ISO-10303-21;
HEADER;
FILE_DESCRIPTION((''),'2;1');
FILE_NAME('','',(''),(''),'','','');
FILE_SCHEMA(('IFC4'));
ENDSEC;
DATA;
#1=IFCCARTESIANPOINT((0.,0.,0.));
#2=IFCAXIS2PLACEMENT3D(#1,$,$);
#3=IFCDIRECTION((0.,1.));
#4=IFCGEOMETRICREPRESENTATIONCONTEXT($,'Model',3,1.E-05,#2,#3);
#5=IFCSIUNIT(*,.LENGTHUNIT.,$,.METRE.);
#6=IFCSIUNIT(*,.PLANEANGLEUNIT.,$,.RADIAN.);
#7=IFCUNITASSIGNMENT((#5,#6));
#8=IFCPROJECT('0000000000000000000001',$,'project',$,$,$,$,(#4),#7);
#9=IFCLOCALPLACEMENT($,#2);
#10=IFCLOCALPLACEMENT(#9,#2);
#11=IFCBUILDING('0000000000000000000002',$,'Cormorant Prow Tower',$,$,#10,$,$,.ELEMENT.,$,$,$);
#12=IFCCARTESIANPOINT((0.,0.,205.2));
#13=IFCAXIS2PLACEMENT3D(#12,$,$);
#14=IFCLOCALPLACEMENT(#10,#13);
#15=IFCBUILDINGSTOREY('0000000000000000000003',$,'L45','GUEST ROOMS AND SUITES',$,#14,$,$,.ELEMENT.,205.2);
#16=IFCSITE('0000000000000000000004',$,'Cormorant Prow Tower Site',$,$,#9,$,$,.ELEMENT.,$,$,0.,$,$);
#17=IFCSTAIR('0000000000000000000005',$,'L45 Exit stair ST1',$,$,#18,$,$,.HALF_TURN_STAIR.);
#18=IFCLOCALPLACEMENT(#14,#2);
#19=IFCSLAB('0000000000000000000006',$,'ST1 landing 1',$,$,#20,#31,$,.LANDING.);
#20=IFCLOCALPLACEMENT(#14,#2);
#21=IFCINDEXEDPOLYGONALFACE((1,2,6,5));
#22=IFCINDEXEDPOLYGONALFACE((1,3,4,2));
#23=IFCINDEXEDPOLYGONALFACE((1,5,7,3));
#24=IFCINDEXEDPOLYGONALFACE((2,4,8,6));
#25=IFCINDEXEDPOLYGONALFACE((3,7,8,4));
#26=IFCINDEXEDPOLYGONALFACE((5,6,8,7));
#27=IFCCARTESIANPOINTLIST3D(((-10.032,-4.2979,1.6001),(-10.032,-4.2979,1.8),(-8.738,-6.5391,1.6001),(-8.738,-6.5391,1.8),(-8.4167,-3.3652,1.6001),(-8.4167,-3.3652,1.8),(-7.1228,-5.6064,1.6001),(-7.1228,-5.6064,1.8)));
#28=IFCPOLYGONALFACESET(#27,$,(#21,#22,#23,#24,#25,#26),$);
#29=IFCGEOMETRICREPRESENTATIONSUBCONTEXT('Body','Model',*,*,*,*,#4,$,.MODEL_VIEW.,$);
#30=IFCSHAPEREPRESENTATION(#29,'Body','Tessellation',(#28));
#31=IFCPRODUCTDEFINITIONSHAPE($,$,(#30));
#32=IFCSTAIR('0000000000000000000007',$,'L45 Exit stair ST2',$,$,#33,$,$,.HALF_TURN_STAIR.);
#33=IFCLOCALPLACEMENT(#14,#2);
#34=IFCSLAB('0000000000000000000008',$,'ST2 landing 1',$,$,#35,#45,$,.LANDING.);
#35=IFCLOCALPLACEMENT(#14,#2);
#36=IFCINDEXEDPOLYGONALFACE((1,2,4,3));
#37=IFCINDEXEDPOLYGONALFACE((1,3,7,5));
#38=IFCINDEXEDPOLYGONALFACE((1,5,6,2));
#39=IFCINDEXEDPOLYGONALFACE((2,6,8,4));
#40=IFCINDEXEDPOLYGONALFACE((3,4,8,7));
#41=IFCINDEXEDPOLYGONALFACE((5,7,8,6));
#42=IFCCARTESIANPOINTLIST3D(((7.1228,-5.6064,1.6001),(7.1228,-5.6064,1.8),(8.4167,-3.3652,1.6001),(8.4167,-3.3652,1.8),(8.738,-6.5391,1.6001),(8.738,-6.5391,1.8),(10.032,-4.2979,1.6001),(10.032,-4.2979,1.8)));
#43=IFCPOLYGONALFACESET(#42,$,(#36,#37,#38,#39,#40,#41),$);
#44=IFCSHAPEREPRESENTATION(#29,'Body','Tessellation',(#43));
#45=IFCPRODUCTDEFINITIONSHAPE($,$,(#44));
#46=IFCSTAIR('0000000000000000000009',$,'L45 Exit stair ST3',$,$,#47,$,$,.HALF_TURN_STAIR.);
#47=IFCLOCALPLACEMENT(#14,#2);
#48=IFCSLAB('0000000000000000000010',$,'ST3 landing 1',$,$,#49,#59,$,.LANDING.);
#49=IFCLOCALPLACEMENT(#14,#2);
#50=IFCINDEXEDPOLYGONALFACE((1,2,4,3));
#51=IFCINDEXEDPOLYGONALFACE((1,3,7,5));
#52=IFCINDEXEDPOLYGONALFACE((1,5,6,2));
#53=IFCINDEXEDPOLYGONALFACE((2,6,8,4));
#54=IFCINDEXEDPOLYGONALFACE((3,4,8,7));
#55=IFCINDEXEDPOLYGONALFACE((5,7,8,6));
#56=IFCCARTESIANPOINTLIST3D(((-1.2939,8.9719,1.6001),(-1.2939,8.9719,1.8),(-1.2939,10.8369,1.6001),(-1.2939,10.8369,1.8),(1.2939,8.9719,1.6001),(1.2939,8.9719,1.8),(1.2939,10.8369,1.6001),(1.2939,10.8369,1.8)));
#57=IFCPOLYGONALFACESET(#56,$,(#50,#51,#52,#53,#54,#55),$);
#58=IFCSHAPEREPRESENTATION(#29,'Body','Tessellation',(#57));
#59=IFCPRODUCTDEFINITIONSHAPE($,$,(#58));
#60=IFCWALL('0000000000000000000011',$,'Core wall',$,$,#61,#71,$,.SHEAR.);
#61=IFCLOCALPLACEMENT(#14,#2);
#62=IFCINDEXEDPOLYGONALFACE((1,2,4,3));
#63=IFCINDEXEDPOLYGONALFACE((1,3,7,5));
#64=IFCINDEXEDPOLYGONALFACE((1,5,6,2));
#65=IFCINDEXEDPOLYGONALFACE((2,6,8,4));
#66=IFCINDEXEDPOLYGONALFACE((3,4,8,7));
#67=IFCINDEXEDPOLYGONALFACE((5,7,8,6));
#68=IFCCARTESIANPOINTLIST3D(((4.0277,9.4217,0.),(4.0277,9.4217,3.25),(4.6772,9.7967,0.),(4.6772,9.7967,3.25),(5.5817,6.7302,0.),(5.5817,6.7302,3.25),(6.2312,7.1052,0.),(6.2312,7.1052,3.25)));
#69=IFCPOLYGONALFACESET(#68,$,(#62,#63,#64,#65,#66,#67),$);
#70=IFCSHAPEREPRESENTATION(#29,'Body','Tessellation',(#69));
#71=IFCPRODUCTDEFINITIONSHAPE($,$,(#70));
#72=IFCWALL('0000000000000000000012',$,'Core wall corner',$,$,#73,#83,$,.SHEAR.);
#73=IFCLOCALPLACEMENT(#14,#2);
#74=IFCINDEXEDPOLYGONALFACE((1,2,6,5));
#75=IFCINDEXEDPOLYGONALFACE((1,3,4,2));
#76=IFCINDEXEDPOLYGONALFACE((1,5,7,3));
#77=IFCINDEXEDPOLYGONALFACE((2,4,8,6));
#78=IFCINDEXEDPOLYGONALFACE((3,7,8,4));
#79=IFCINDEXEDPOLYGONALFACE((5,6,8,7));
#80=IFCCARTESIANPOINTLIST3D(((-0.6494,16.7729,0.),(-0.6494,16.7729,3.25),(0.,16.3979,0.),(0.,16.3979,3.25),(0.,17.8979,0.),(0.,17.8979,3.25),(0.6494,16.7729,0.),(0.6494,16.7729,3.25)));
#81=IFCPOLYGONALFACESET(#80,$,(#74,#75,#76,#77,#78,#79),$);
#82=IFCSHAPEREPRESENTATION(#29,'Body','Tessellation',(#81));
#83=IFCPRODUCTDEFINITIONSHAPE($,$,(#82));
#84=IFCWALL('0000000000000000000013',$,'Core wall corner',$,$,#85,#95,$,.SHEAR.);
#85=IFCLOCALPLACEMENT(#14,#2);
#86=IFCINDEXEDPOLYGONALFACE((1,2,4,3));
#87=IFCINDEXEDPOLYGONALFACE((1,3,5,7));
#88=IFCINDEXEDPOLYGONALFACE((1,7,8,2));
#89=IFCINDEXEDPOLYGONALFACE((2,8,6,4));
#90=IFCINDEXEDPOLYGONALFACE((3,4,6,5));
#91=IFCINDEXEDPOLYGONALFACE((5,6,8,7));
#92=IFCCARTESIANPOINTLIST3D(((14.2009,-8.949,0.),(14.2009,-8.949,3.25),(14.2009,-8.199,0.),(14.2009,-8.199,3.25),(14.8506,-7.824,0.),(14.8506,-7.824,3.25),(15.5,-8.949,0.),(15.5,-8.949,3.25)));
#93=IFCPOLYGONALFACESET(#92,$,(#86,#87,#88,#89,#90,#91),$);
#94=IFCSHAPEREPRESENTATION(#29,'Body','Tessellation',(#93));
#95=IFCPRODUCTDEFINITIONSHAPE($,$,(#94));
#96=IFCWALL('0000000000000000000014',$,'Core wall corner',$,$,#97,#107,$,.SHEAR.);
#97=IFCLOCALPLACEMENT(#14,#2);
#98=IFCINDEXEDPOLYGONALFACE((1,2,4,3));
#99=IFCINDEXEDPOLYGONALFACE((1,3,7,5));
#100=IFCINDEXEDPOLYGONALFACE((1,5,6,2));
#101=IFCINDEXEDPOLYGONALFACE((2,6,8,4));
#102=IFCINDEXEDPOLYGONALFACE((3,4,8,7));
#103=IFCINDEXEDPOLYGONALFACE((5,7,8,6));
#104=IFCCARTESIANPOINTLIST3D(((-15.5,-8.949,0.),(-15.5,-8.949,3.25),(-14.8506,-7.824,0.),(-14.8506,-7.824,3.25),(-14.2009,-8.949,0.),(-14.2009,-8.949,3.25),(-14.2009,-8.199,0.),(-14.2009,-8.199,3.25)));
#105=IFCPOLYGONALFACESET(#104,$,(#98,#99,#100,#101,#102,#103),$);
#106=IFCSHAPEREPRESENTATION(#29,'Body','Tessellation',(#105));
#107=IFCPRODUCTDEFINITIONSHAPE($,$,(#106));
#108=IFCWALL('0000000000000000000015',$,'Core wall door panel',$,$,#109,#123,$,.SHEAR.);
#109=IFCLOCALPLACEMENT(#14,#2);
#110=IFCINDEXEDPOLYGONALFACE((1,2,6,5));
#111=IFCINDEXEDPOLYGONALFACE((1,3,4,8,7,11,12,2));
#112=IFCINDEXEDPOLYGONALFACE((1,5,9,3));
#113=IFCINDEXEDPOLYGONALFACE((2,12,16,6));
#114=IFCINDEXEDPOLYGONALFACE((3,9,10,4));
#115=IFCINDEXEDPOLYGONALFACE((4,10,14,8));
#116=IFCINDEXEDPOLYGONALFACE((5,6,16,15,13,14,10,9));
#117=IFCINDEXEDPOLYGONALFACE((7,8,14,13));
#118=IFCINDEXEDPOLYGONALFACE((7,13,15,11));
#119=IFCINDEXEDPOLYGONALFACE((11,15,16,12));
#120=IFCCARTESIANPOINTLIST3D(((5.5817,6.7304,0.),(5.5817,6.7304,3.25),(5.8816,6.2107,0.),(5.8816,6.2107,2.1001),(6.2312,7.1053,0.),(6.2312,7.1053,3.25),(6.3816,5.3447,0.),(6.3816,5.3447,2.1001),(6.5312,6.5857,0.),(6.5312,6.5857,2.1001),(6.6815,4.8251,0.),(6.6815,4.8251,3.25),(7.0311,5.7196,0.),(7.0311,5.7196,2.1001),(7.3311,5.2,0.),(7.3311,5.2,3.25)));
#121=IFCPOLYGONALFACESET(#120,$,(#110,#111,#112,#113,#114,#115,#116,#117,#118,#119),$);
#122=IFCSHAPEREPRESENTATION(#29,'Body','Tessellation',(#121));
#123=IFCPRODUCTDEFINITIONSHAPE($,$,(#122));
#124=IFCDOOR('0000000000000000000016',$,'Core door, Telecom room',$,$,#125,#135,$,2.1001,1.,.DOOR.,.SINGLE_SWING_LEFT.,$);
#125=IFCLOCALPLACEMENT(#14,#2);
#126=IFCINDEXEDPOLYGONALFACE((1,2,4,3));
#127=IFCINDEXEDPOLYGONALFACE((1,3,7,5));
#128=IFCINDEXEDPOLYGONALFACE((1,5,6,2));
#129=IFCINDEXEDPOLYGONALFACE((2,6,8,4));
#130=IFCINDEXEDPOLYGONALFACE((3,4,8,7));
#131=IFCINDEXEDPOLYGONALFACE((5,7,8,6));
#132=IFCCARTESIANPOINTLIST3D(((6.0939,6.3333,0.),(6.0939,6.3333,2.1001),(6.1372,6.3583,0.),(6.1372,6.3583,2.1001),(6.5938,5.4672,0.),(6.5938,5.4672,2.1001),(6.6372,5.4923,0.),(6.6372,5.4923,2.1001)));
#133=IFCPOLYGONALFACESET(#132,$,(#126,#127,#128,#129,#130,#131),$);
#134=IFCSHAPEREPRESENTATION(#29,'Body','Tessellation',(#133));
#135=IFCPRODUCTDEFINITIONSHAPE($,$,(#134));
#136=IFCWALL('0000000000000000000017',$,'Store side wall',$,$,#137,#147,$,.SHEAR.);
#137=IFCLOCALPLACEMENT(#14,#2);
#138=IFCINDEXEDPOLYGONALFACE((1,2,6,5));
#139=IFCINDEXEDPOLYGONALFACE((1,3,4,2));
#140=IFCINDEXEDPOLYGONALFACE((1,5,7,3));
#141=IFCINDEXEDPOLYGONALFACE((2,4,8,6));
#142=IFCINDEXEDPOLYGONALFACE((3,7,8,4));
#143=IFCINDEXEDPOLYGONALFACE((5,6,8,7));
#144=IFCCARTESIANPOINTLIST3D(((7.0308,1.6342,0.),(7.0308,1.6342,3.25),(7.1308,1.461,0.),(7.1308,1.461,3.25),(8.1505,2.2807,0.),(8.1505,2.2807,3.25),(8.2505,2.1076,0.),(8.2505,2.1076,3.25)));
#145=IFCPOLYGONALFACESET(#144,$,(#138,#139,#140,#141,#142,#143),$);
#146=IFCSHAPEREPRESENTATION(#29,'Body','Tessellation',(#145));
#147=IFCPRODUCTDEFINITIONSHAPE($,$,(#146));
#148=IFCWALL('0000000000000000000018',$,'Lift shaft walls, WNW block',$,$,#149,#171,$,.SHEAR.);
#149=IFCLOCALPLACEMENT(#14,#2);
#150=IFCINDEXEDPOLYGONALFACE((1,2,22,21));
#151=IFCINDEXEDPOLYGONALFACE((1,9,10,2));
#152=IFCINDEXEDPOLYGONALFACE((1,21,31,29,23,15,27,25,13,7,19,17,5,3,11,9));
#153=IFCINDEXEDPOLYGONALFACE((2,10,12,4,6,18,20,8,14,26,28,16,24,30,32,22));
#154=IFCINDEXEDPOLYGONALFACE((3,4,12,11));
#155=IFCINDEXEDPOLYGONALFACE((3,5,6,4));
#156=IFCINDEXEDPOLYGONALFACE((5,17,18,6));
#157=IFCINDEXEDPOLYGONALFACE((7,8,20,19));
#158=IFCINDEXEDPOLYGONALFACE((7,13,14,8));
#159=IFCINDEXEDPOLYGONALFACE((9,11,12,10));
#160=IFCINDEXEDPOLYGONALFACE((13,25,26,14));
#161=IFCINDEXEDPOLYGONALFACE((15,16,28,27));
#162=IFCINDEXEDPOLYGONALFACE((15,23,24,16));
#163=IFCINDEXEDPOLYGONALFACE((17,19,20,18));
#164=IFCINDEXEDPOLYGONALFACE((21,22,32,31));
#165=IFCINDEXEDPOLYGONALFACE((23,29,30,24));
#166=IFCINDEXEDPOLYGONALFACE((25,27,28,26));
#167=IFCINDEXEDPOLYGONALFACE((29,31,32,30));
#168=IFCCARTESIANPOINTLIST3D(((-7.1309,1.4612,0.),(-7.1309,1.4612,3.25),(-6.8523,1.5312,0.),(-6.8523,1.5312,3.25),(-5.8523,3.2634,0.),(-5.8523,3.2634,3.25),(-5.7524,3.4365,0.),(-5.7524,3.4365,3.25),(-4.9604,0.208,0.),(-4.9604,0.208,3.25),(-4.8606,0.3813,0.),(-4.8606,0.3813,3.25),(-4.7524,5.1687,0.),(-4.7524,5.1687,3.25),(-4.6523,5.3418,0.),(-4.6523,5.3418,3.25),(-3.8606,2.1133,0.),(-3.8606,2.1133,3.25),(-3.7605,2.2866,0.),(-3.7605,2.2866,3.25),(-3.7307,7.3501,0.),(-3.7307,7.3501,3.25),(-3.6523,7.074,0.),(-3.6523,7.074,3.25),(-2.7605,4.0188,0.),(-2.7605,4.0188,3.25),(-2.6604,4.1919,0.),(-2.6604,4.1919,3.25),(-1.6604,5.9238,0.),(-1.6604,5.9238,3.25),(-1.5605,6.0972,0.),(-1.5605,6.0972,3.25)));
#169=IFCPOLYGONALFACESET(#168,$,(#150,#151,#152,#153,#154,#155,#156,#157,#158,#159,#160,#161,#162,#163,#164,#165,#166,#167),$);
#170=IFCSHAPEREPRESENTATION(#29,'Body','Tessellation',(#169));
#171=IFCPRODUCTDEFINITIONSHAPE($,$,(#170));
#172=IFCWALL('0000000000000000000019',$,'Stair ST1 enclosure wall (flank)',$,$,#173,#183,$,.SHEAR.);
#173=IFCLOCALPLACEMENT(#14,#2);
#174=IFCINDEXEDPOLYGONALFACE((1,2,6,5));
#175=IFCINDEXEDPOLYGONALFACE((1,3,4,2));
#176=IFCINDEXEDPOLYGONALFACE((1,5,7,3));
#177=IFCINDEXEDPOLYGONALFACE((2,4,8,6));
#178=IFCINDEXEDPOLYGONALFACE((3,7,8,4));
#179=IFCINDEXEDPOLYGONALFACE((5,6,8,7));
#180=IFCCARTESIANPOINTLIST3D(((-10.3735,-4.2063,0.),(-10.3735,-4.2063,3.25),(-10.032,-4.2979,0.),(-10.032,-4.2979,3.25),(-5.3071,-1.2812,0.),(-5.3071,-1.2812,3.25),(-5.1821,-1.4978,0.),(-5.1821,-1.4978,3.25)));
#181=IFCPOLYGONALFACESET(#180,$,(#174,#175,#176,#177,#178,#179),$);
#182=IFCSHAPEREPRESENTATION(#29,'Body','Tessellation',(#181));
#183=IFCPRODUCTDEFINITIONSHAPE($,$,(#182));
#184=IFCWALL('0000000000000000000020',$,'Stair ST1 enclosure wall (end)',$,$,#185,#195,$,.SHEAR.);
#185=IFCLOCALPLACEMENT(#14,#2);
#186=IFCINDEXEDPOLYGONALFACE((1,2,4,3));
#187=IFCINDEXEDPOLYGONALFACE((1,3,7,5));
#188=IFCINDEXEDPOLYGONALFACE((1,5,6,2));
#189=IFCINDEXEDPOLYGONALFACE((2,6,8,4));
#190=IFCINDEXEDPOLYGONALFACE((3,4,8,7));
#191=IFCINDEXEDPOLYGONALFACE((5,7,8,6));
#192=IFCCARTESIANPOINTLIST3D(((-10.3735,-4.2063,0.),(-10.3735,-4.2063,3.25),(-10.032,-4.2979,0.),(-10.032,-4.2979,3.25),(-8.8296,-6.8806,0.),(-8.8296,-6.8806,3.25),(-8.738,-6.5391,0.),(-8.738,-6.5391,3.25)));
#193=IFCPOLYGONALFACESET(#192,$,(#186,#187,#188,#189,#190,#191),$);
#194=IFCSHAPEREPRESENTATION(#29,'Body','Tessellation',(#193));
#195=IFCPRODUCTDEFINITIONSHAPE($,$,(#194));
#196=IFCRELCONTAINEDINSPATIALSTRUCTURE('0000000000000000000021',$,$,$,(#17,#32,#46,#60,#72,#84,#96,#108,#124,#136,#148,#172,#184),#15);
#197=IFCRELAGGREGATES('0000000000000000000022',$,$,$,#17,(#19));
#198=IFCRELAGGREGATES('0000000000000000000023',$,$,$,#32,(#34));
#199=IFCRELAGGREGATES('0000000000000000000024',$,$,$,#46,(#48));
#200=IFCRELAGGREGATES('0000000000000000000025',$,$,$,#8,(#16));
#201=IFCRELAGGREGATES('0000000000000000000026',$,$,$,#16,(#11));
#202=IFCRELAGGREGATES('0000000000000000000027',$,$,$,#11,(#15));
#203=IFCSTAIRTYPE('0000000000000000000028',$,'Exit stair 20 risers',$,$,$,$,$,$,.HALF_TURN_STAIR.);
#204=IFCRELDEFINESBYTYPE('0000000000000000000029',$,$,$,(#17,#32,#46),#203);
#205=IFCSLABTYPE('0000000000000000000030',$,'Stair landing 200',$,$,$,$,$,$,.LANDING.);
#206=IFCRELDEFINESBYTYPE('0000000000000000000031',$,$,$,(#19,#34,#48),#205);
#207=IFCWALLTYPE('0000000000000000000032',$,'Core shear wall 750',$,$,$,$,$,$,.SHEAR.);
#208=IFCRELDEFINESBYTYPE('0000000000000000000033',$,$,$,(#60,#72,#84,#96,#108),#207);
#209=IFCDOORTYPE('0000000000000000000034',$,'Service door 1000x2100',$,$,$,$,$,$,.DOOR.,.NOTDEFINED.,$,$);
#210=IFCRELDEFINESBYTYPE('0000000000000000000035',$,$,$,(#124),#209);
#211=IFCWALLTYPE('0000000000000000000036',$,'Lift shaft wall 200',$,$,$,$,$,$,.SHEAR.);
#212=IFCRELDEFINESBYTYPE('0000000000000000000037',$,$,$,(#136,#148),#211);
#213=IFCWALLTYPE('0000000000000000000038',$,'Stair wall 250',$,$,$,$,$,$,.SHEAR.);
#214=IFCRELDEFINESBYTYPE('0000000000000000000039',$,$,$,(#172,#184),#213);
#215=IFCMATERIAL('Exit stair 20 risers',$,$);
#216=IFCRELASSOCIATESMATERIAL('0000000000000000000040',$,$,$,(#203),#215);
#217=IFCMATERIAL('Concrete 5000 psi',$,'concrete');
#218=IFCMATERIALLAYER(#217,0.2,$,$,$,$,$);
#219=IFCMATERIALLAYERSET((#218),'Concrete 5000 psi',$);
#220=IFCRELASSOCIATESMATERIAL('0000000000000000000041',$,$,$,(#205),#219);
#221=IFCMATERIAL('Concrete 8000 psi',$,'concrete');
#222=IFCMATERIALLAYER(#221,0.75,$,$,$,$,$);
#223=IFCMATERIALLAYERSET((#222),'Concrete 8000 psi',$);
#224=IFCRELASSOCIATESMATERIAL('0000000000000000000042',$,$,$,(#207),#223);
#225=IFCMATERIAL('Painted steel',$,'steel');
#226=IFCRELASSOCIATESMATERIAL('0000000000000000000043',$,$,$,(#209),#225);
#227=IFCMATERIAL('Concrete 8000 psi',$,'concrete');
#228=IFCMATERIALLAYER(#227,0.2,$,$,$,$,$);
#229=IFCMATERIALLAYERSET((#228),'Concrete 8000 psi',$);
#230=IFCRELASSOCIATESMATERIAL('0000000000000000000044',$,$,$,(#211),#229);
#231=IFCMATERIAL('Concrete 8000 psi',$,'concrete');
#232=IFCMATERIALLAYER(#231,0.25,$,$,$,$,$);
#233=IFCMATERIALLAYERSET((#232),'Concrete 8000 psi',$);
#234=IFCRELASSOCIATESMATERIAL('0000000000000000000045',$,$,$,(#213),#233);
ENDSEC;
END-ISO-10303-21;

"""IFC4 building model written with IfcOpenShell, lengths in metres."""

from ifc_helpers import new_model, si_unit, direction, frame, frame_2d, origin, place, context, subcontext, project, spatial, polyline, rectangle, outline, extrude, material, layer, layer_set, type_object, element, fill, aggregate, save


model = new_model("IFC4")

# Units and contexts
model_context = context("Model", 3, precision=1e-05, world=origin(), true_north=direction((0.0, 1.0)))
body_context = subcontext(model_context, "Body", "Model", "MODEL_VIEW")
ifc_project = project(units=[si_unit("LENGTHUNIT", "METRE"), si_unit("PLANEANGLEUNIT", "RADIAN")], contexts=[model_context])

# Site, building, storey
site_placement = place(None, origin())
site = spatial("IfcSite", under=ifc_project, at=site_placement, Name="Cormorant Prow Tower Site", CompositionType="ELEMENT", RefElevation=0.0)
building_placement = place(site_placement, origin())
building = spatial("IfcBuilding", under=site, at=building_placement, Name="Cormorant Prow Tower", CompositionType="ELEMENT")
storey_placement = place(building_placement, frame((0.0, 0.0, 205.2)))
storey = spatial("IfcBuildingStorey", under=building, at=storey_placement, Name="L45", Description="GUEST ROOMS AND SUITES", CompositionType="ELEMENT", Elevation=205.2)

# Stairs, slabs
ifc_material_1 = material(Name="Exit stair 20 risers")
stair_type = type_object("IfcStairType", Name="Exit stair 20 risers", PredefinedType="HALF_TURN_STAIR", material=ifc_material_1)
stair_1_placement = place(storey_placement, origin())
stair_1 = element("IfcStair", 1, at=stair_1_placement, inside=storey, type_object=stair_type, Name="L45 Exit stair ST1", PredefinedType="HALF_TURN_STAIR")
ifc_material_2 = material(Name="Concrete 5000 psi", Category="concrete")
ifc_layer_1 = layer(ifc_material_2, 0.2)
ifc_layer_set_1 = layer_set([ifc_layer_1], Name="Concrete 5000 psi")
slab_type = type_object("IfcSlabType", Name="Stair landing 200", PredefinedType="LANDING", material=ifc_layer_set_1)
slab_1_placement = place(storey_placement, frame((0.0, 0.0, 1.6001)))
slab_1 = element("IfcSlab", 2, at=slab_1_placement, type_object=slab_type, Name="ST1 landing 1", PredefinedType="LANDING", context=body_context, shape_type="SweptSolid", body=[
    extrude(outline(polyline([(-8.4167, -3.3652), (-10.032, -4.2979), (-8.738, -6.5391), (-7.1228, -5.6064), (-8.4167, -3.3652)])), origin(), (0.0, 0.0, 1.0), 0.2),
])
aggregate(stair_1, [slab_1])
stair_2_placement = place(storey_placement, origin())
stair_2 = element("IfcStair", 3, at=stair_2_placement, inside=storey, type_object=stair_type, Name="L45 Exit stair ST2", PredefinedType="HALF_TURN_STAIR")
slab_2_placement = place(storey_placement, frame((0.0, 0.0, 1.6001)))
slab_2 = element("IfcSlab", 4, at=slab_2_placement, type_object=slab_type, Name="ST2 landing 1", PredefinedType="LANDING", context=body_context, shape_type="SweptSolid", body=[
    extrude(outline(polyline([(7.1228, -5.6064), (8.738, -6.5391), (10.032, -4.2979), (8.4167, -3.3652), (7.1228, -5.6064)])), origin(), (0.0, 0.0, 1.0), 0.2),
])
aggregate(stair_2, [slab_2])
stair_3_placement = place(storey_placement, origin())
stair_3 = element("IfcStair", 5, at=stair_3_placement, inside=storey, type_object=stair_type, Name="L45 Exit stair ST3", PredefinedType="HALF_TURN_STAIR")
slab_3_placement = place(storey_placement, frame((0.0, 0.0, 1.6001)))
slab_3 = element("IfcSlab", 6, at=slab_3_placement, type_object=slab_type, Name="ST3 landing 1", PredefinedType="LANDING", context=body_context, shape_type="SweptSolid", body=[
    extrude(outline(polyline([(1.2939, 8.9719), (1.2939, 10.8369), (-1.2939, 10.8369), (-1.2939, 8.9719), (1.2939, 8.9719)])), origin(), (0.0, 0.0, 1.0), 0.2),
])

# Walls
ifc_material_3 = material(Name="Concrete 8000 psi", Category="concrete")
ifc_layer_2 = layer(ifc_material_3, 0.75)
ifc_layer_set_2 = layer_set([ifc_layer_2], Name="Concrete 8000 psi")
wall_type_1 = type_object("IfcWallType", Name="Core shear wall 750", PredefinedType="SHEAR", material=ifc_layer_set_2)
wall_1_placement = place(storey_placement, frame((5.9065, 6.9177, 0.0), z_axis=(0.0, 0.0, 1.0), x_axis=(-0.500017, 0.866016, 0.0)))
element("IfcWall", 7, at=wall_1_placement, inside=storey, type_object=wall_type_1, Name="Core wall", PredefinedType="SHEAR", context=body_context, shape_type="SweptSolid", body=[
    extrude(rectangle(XDim=3.1079, YDim=0.75, at=frame_2d((1.554, 0.0))), origin(), (0.0, 0.0, 1.0), 3.25),
])
wall_2_placement = place(storey_placement, origin())
element("IfcWall", 8, at=wall_2_placement, inside=storey, type_object=wall_type_1, Name="Core wall corner", PredefinedType="SHEAR", context=body_context, shape_type="SweptSolid", body=[
    extrude(outline(polyline([(-0.6494, 16.7729), (0.0, 17.8979), (0.6494, 16.7729), (0.0, 16.3979), (-0.6494, 16.7729)])), origin(), (0.0, 0.0, 1.0), 3.25),
])
wall_3_placement = place(storey_placement, origin())
element("IfcWall", 9, at=wall_3_placement, inside=storey, type_object=wall_type_1, Name="Core wall corner", PredefinedType="SHEAR", context=body_context, shape_type="SweptSolid", body=[
    extrude(outline(polyline([(14.2009, -8.949), (14.2009, -8.199), (14.8506, -7.824), (15.5, -8.949), (14.2009, -8.949)])), origin(), (0.0, 0.0, 1.0), 3.25),
])
wall_4_placement = place(storey_placement, origin())
element("IfcWall", 10, at=wall_4_placement, inside=storey, type_object=wall_type_1, Name="Core wall corner", PredefinedType="SHEAR", context=body_context, shape_type="SweptSolid", body=[
    extrude(outline(polyline([(-14.8506, -7.824), (-14.2009, -8.199), (-14.2009, -8.949), (-15.5, -8.949), (-14.8506, -7.824)])), origin(), (0.0, 0.0, 1.0), 3.25),
])

# Wall, opening, door
wall_5_placement = place(storey_placement, frame((7.0063, 5.0125, 0.0), z_axis=(0.0, 0.0, 1.0), x_axis=(-0.499947, 0.866056, 0.0)))
wall_5 = element("IfcWall", 11, at=wall_5_placement, inside=storey, type_object=wall_type_1, Name="Core wall door panel", PredefinedType="SHEAR", context=body_context, shape_type="SweptSolid", body=[
    extrude(rectangle(XDim=2.2, YDim=0.75, at=frame_2d((1.1001, 0.0))), origin(), (0.0, 0.0, 1.0), 3.25),
])
opening_1_placement = place(wall_5_placement, frame((0.6001, 0.0, 0.0)))
opening_1 = element("IfcOpeningElement", 12, at=opening_1_placement, cuts=wall_5, PredefinedType="OPENING", context=body_context, shape_type="SweptSolid", body=[
    extrude(rectangle(XDim=1.0, YDim=2.1001, at=frame_2d((0.5, 1.05))), frame((0.0, 0.385, 0.0), z_axis=(0.0, -1.0, 0.0), x_axis=(1.0, 0.0, 0.0)), (0.0, 0.0, 1.0), 0.77),
])
ifc_material_4 = material(Name="Painted steel", Category="steel")
door_type_1 = type_object("IfcDoorType", Name="Service door 1000x2100", OperationType="NOTDEFINED", PredefinedType="DOOR", material=ifc_material_4)
door_1_placement = place(opening_1_placement, origin())
door_1 = element("IfcDoor", 13, at=door_1_placement, inside=storey, type_object=door_type_1, Name="Core door, Telecom room", OperationType="SINGLE_SWING_LEFT", OverallHeight=2.1001, OverallWidth=1.0, PredefinedType="DOOR", context=body_context, shape_type="SweptSolid", body=[
    extrude(rectangle(XDim=1.0, YDim=2.1001, at=frame_2d((0.5, 1.05))), frame((0.0, 0.1299, 0.0), z_axis=(0.0, -1.0, 0.0), x_axis=(1.0, 0.0, 0.0)), (0.0, 0.0, 1.0), 0.05),
])
fill(opening_1, door_1)

# Walls
ifc_material_5 = material(Name="Concrete 8000 psi", Category="concrete")
ifc_layer_3 = layer(ifc_material_5, 0.2)
ifc_layer_set_3 = layer_set([ifc_layer_3], Name="Concrete 8000 psi")
wall_type_2 = type_object("IfcWallType", Name="Lift shaft wall 200", PredefinedType="SHEAR", material=ifc_layer_set_3)
wall_6_placement = place(storey_placement, frame((7.0808, 1.5476, 0.0), z_axis=(0.0, 0.0, 1.0), x_axis=(0.866003, 0.500038, 0.0)))
element("IfcWall", 14, at=wall_6_placement, inside=storey, type_object=wall_type_2, Name="Store side wall", PredefinedType="SHEAR", context=body_context, shape_type="SweptSolid", body=[
    extrude(rectangle(XDim=1.293, YDim=0.2, at=frame_2d((0.6465, 0.0))), origin(), (0.0, 0.0, 1.0), 3.25),
])
wall_7_placement = place(storey_placement, origin())
element("IfcWall", 15, at=wall_7_placement, inside=storey, type_object=wall_type_2, Name="Lift shaft walls, WNW block", PredefinedType="SHEAR", context=body_context, shape_type="SweptSolid", body=[
    extrude(outline(polyline([(-4.9604, 0.208), (-7.1309, 1.4612), (-3.7307, 7.3501), (-1.5605, 6.0972), (-1.6604, 5.9238), (-3.6523, 7.074), (-4.6523, 5.3418), (-2.6604, 4.1919), (-2.7605, 4.0188), (-4.7524, 5.1687), (-5.7524, 3.4365), (-3.7605, 2.2866), (-3.8606, 2.1133), (-5.8523, 3.2634), (-6.8523, 1.5312), (-4.8606, 0.3813), (-4.9604, 0.208)])), origin(), (0.0, 0.0, 1.0), 3.25),
])
ifc_material_6 = material(Name="Concrete 8000 psi", Category="concrete")
ifc_layer_4 = layer(ifc_material_6, 0.25)
ifc_layer_set_4 = layer_set([ifc_layer_4], Name="Concrete 8000 psi")
wall_type_3 = type_object("IfcWallType", Name="Stair wall 250", PredefinedType="SHEAR", material=ifc_layer_set_4)
wall_8_placement = place(storey_placement, origin())
element("IfcWall", 16, at=wall_8_placement, inside=storey, type_object=wall_type_3, Name="Stair ST1 enclosure wall (flank)", PredefinedType="SHEAR", context=body_context, shape_type="SweptSolid", body=[
    extrude(outline(polyline([(-5.3071, -1.2812), (-10.3735, -4.2063), (-10.032, -4.2979), (-5.1821, -1.4978), (-5.3071, -1.2812)])), origin(), (0.0, 0.0, 1.0), 3.25),
])
wall_9_placement = place(storey_placement, origin())
element("IfcWall", 17, at=wall_9_placement, inside=storey, type_object=wall_type_3, Name="Stair ST1 enclosure wall (end)", PredefinedType="SHEAR", context=body_context, shape_type="SweptSolid", body=[
    extrude(outline(polyline([(-10.3735, -4.2063), (-8.8296, -6.8806), (-8.738, -6.5391), (-10.032, -4.2979), (-10.3735, -4.2063)])), origin(), (0.0, 0.0, 1.0), 3.25),
])

aggregate(stair_3, [slab_3])

save(model, "model.ifc")
